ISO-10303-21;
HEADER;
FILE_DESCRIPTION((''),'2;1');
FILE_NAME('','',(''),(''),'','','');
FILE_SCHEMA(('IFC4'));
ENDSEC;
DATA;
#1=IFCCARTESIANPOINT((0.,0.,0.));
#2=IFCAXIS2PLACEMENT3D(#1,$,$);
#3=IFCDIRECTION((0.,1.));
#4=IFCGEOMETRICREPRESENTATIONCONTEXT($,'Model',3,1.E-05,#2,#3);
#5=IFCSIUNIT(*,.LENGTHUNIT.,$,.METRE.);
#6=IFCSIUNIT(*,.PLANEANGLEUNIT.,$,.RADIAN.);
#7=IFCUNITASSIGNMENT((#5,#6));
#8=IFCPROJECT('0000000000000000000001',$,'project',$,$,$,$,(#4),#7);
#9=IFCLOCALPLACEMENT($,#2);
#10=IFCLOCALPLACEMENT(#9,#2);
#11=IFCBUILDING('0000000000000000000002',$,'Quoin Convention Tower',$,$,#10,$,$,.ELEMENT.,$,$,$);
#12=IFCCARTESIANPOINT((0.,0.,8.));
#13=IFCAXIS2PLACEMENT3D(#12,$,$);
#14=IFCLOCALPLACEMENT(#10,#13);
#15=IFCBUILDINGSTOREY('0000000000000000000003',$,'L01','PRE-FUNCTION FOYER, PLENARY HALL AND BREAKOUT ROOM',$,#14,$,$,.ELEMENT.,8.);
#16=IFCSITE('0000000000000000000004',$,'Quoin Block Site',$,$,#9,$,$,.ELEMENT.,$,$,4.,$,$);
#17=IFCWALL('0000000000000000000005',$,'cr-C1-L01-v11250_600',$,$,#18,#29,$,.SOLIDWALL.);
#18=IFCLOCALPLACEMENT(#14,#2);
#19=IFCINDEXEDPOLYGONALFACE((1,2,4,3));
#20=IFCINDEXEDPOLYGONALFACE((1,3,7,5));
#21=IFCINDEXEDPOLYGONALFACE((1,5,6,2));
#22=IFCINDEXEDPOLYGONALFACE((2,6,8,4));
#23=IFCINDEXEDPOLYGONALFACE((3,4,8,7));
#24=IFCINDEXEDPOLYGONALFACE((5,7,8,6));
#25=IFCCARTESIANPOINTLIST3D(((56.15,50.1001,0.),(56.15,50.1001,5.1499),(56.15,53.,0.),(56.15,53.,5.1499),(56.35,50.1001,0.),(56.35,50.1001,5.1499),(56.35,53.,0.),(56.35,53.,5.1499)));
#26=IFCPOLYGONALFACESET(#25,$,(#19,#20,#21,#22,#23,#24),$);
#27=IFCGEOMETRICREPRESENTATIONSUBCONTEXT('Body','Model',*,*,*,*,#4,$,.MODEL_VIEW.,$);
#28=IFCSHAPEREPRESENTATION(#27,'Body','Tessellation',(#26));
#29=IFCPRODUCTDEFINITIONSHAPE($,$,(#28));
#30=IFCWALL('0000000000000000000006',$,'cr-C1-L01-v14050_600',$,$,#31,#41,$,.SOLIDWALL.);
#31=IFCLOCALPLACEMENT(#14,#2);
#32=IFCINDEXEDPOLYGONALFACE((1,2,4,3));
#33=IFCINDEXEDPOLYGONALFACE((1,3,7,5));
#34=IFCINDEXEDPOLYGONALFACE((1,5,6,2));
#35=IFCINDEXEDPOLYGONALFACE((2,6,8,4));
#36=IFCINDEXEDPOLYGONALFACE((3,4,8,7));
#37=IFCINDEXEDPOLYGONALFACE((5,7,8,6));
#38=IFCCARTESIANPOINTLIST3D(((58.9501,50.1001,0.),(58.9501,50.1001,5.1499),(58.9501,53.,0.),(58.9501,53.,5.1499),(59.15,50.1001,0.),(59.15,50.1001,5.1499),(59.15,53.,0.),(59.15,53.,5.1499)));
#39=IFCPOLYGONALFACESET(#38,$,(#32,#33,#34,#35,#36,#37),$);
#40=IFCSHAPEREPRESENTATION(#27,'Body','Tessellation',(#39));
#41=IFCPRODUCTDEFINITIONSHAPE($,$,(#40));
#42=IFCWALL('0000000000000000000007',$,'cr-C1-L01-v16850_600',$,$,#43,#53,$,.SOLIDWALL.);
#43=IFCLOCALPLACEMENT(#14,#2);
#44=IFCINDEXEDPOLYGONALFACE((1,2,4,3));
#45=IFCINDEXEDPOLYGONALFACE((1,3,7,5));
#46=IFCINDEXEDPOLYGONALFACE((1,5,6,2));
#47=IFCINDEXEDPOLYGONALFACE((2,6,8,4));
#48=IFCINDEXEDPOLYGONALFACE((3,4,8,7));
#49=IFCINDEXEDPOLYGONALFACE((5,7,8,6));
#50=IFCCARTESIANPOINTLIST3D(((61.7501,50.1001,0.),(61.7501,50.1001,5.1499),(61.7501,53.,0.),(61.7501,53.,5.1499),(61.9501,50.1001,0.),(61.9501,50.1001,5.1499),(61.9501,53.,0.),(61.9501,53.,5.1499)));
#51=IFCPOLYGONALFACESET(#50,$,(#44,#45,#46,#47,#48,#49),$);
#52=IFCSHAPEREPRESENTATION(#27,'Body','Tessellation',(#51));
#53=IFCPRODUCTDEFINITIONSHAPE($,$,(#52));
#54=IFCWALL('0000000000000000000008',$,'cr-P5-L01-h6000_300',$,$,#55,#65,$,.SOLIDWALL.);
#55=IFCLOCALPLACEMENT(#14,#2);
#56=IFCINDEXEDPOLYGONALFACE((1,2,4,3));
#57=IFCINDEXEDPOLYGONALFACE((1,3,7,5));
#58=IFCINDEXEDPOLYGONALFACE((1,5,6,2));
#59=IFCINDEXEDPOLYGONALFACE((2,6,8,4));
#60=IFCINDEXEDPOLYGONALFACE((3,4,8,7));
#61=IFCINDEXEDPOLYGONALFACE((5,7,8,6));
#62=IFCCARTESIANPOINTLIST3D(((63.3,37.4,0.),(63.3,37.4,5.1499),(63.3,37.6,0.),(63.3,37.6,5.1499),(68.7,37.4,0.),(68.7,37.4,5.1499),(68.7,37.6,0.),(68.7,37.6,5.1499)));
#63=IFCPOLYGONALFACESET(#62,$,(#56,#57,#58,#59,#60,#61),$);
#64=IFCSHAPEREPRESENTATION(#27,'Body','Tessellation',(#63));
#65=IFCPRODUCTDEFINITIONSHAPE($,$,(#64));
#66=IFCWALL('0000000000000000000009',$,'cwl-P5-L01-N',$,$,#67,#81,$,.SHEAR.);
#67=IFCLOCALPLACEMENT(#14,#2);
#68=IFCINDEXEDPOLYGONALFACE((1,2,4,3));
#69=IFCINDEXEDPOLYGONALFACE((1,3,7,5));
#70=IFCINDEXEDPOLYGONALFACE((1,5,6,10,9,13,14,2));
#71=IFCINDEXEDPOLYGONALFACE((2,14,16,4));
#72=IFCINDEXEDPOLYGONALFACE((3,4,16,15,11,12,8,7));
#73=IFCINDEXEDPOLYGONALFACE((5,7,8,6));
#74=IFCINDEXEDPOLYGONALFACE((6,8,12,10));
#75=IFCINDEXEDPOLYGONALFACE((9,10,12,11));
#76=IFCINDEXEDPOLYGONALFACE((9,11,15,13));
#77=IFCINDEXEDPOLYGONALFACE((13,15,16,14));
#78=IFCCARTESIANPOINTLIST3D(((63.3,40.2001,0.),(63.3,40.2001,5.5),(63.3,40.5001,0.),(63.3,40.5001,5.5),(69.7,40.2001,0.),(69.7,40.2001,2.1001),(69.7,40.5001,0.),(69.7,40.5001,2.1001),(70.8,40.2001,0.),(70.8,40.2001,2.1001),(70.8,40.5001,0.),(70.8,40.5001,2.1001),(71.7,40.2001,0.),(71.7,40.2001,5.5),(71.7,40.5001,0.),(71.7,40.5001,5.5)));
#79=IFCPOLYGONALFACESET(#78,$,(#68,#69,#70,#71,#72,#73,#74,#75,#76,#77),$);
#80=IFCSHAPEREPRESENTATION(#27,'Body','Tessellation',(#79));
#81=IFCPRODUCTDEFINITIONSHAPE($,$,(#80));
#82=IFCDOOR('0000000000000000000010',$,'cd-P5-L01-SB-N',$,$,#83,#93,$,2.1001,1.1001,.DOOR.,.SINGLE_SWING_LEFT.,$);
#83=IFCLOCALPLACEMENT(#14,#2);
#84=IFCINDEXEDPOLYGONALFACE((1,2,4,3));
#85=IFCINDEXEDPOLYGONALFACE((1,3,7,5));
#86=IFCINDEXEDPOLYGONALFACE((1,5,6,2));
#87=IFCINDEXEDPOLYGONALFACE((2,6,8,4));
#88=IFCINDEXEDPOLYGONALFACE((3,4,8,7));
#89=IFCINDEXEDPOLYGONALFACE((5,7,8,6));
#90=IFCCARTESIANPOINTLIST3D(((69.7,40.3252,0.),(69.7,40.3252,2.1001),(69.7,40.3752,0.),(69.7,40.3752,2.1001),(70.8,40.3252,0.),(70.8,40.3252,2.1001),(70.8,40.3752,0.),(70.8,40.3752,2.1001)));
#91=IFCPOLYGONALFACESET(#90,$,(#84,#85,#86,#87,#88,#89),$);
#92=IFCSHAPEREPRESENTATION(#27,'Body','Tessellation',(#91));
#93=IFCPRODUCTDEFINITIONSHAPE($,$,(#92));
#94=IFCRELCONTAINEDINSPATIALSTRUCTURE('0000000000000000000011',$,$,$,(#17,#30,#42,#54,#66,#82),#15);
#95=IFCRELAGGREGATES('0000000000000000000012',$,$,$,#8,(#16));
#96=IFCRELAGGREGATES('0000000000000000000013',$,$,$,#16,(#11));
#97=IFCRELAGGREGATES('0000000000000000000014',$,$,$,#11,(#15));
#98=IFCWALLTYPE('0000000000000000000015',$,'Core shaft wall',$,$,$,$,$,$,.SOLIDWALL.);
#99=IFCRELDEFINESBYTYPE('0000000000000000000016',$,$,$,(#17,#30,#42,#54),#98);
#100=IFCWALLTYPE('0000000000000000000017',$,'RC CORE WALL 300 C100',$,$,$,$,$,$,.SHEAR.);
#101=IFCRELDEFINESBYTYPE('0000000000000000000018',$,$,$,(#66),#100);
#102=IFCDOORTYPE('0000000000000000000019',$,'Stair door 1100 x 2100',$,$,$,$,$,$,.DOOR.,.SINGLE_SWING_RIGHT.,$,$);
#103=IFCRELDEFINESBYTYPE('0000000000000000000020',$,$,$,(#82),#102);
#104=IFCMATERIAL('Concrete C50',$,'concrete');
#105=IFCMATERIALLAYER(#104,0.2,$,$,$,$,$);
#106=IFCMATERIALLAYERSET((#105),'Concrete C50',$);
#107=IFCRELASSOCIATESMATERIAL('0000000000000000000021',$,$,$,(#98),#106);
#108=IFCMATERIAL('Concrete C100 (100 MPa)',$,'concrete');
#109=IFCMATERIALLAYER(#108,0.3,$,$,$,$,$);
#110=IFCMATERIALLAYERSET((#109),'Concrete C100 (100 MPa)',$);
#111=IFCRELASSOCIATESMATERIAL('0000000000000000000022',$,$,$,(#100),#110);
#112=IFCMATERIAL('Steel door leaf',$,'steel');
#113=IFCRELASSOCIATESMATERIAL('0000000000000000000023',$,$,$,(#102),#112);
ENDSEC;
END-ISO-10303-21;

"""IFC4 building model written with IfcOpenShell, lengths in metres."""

from ifc_helpers import new_model, si_unit, direction, frame, frame_2d, origin, place, context, subcontext, project, spatial, rectangle, extrude, material, layer, layer_set, type_object, element, fill, save


model = new_model("IFC4")

# Units and contexts
model_context = context("Model", 3, precision=1e-05, world=origin(), true_north=direction((0.0, 1.0)))
body_context = subcontext(model_context, "Body", "Model", "MODEL_VIEW")
ifc_project = project(units=[si_unit("LENGTHUNIT", "METRE"), si_unit("PLANEANGLEUNIT", "RADIAN")], contexts=[model_context])

# Site, building, storey
site_placement = place(None, origin())
site = spatial("IfcSite", under=ifc_project, at=site_placement, Name="Quoin Block Site", CompositionType="ELEMENT", RefElevation=4.0)
building_placement = place(site_placement, origin())
building = spatial("IfcBuilding", under=site, at=building_placement, Name="Quoin Convention Tower", CompositionType="ELEMENT")
storey_placement = place(building_placement, frame((0.0, 0.0, 8.0)))
storey = spatial("IfcBuildingStorey", under=building, at=storey_placement, Name="L01", Description="PRE-FUNCTION FOYER, PLENARY HALL AND BREAKOUT ROOM", CompositionType="ELEMENT", Elevation=8.0)

# Shared definitions
ifc_material_1 = material(Name="Concrete C100 (100 MPa)", Category="concrete")

# Walls
ifc_material_2 = material(Name="Concrete C50", Category="concrete")
ifc_layer_1 = layer(ifc_material_2, 0.2)
ifc_layer_set_1 = layer_set([ifc_layer_1], Name="Concrete C50")
wall_type_1 = type_object("IfcWallType", Name="Core shaft wall", PredefinedType="SOLIDWALL", material=ifc_layer_set_1)
for number, where, z_axis, x_axis, name in (
    (1, (56.25, 50.1001, 0.0), (0.0, 0.0, 1.0), (0.0, 1.0, 0.0), "cr-C1-L01-v11250_600"),
    (2, (59.05, 50.1001, 0.0), (0.0, 0.0, 1.0), (0.0, 1.0, 0.0), "cr-C1-L01-v14050_600"),
    (3, (61.8501, 50.1001, 0.0), (0.0, 0.0, 1.0), (0.0, 1.0, 0.0), "cr-C1-L01-v16850_600"),
):
    element("IfcWall", number, at=place(storey_placement, frame(where, z_axis=z_axis, x_axis=x_axis)), inside=storey, type_object=wall_type_1, Name=name, PredefinedType="SOLIDWALL", context=body_context, shape_type="SweptSolid", body=[
        extrude(rectangle(XDim=2.8999, YDim=0.2, at=frame_2d((1.45, 0.0))), origin(), (0.0, 0.0, 1.0), 5.1499),
    ])
wall_1_placement = place(storey_placement, frame((63.3, 37.5, 0.0), z_axis=(0.0, 0.0, 1.0), x_axis=(1.0, 0.0, 0.0)))
element("IfcWall", 4, at=wall_1_placement, inside=storey, type_object=wall_type_1, Name="cr-P5-L01-h6000_300", PredefinedType="SOLIDWALL", context=body_context, shape_type="SweptSolid", body=[
    extrude(rectangle(XDim=5.3999, YDim=0.2, at=frame_2d((2.7, 0.0))), origin(), (0.0, 0.0, 1.0), 5.1499),
])

# Wall, opening, door
ifc_layer_2 = layer(ifc_material_1, 0.3)
ifc_layer_set_2 = layer_set([ifc_layer_2], Name="Concrete C100 (100 MPa)")
wall_type_2 = type_object("IfcWallType", Name="RC CORE WALL 300 C100", PredefinedType="SHEAR", material=ifc_layer_set_2)
wall_2_placement = place(storey_placement, frame((63.3, 40.3501, 0.0), z_axis=(0.0, 0.0, 1.0), x_axis=(1.0, 0.0, 0.0)))
wall_2 = element("IfcWall", 5, at=wall_2_placement, inside=storey, type_object=wall_type_2, Name="cwl-P5-L01-N", PredefinedType="SHEAR", context=body_context, shape_type="SweptSolid", body=[
    extrude(rectangle(XDim=8.3999, YDim=0.3, at=frame_2d((4.2, 0.0))), origin(), (0.0, 0.0, 1.0), 5.5),
])
opening_placement = place(wall_2_placement, frame((6.3999, 0.0, 0.0)))
opening = element("IfcOpeningElement", 6, at=opening_placement, cuts=wall_2, PredefinedType="OPENING", context=body_context, shape_type="SweptSolid", body=[
    extrude(rectangle(XDim=1.1001, YDim=2.1001, at=frame_2d((0.55, 1.05))), frame((0.0, 0.1599, 0.0), z_axis=(0.0, -1.0, 0.0), x_axis=(1.0, 0.0, 0.0)), (0.0, 0.0, 1.0), 0.3201),
])
ifc_material_3 = material(Name="Steel door leaf", Category="steel")
door_type = type_object("IfcDoorType", Name="Stair door 1100 x 2100", OperationType="SINGLE_SWING_RIGHT", PredefinedType="DOOR", material=ifc_material_3)
door_placement = place(opening_placement, frame((1.1001, 0.0, 0.0), z_axis=(0.0, 0.0, 1.0), x_axis=(-1.0, 0.0, 0.0)))
door = element("IfcDoor", 7, at=door_placement, inside=storey, type_object=door_type, Name="cd-P5-L01-SB-N", OperationType="SINGLE_SWING_LEFT", OverallHeight=2.1001, OverallWidth=1.1001, PredefinedType="DOOR", context=body_context, shape_type="SweptSolid", body=[
    extrude(rectangle(XDim=1.1001, YDim=2.1001, at=frame_2d((0.55, 1.05))), frame((0.0, 0.0249, 0.0), z_axis=(0.0, -1.0, 0.0), x_axis=(1.0, 0.0, 0.0)), (0.0, 0.0, 1.0), 0.05),
])
fill(opening, door)

save(model, "model.ifc")
